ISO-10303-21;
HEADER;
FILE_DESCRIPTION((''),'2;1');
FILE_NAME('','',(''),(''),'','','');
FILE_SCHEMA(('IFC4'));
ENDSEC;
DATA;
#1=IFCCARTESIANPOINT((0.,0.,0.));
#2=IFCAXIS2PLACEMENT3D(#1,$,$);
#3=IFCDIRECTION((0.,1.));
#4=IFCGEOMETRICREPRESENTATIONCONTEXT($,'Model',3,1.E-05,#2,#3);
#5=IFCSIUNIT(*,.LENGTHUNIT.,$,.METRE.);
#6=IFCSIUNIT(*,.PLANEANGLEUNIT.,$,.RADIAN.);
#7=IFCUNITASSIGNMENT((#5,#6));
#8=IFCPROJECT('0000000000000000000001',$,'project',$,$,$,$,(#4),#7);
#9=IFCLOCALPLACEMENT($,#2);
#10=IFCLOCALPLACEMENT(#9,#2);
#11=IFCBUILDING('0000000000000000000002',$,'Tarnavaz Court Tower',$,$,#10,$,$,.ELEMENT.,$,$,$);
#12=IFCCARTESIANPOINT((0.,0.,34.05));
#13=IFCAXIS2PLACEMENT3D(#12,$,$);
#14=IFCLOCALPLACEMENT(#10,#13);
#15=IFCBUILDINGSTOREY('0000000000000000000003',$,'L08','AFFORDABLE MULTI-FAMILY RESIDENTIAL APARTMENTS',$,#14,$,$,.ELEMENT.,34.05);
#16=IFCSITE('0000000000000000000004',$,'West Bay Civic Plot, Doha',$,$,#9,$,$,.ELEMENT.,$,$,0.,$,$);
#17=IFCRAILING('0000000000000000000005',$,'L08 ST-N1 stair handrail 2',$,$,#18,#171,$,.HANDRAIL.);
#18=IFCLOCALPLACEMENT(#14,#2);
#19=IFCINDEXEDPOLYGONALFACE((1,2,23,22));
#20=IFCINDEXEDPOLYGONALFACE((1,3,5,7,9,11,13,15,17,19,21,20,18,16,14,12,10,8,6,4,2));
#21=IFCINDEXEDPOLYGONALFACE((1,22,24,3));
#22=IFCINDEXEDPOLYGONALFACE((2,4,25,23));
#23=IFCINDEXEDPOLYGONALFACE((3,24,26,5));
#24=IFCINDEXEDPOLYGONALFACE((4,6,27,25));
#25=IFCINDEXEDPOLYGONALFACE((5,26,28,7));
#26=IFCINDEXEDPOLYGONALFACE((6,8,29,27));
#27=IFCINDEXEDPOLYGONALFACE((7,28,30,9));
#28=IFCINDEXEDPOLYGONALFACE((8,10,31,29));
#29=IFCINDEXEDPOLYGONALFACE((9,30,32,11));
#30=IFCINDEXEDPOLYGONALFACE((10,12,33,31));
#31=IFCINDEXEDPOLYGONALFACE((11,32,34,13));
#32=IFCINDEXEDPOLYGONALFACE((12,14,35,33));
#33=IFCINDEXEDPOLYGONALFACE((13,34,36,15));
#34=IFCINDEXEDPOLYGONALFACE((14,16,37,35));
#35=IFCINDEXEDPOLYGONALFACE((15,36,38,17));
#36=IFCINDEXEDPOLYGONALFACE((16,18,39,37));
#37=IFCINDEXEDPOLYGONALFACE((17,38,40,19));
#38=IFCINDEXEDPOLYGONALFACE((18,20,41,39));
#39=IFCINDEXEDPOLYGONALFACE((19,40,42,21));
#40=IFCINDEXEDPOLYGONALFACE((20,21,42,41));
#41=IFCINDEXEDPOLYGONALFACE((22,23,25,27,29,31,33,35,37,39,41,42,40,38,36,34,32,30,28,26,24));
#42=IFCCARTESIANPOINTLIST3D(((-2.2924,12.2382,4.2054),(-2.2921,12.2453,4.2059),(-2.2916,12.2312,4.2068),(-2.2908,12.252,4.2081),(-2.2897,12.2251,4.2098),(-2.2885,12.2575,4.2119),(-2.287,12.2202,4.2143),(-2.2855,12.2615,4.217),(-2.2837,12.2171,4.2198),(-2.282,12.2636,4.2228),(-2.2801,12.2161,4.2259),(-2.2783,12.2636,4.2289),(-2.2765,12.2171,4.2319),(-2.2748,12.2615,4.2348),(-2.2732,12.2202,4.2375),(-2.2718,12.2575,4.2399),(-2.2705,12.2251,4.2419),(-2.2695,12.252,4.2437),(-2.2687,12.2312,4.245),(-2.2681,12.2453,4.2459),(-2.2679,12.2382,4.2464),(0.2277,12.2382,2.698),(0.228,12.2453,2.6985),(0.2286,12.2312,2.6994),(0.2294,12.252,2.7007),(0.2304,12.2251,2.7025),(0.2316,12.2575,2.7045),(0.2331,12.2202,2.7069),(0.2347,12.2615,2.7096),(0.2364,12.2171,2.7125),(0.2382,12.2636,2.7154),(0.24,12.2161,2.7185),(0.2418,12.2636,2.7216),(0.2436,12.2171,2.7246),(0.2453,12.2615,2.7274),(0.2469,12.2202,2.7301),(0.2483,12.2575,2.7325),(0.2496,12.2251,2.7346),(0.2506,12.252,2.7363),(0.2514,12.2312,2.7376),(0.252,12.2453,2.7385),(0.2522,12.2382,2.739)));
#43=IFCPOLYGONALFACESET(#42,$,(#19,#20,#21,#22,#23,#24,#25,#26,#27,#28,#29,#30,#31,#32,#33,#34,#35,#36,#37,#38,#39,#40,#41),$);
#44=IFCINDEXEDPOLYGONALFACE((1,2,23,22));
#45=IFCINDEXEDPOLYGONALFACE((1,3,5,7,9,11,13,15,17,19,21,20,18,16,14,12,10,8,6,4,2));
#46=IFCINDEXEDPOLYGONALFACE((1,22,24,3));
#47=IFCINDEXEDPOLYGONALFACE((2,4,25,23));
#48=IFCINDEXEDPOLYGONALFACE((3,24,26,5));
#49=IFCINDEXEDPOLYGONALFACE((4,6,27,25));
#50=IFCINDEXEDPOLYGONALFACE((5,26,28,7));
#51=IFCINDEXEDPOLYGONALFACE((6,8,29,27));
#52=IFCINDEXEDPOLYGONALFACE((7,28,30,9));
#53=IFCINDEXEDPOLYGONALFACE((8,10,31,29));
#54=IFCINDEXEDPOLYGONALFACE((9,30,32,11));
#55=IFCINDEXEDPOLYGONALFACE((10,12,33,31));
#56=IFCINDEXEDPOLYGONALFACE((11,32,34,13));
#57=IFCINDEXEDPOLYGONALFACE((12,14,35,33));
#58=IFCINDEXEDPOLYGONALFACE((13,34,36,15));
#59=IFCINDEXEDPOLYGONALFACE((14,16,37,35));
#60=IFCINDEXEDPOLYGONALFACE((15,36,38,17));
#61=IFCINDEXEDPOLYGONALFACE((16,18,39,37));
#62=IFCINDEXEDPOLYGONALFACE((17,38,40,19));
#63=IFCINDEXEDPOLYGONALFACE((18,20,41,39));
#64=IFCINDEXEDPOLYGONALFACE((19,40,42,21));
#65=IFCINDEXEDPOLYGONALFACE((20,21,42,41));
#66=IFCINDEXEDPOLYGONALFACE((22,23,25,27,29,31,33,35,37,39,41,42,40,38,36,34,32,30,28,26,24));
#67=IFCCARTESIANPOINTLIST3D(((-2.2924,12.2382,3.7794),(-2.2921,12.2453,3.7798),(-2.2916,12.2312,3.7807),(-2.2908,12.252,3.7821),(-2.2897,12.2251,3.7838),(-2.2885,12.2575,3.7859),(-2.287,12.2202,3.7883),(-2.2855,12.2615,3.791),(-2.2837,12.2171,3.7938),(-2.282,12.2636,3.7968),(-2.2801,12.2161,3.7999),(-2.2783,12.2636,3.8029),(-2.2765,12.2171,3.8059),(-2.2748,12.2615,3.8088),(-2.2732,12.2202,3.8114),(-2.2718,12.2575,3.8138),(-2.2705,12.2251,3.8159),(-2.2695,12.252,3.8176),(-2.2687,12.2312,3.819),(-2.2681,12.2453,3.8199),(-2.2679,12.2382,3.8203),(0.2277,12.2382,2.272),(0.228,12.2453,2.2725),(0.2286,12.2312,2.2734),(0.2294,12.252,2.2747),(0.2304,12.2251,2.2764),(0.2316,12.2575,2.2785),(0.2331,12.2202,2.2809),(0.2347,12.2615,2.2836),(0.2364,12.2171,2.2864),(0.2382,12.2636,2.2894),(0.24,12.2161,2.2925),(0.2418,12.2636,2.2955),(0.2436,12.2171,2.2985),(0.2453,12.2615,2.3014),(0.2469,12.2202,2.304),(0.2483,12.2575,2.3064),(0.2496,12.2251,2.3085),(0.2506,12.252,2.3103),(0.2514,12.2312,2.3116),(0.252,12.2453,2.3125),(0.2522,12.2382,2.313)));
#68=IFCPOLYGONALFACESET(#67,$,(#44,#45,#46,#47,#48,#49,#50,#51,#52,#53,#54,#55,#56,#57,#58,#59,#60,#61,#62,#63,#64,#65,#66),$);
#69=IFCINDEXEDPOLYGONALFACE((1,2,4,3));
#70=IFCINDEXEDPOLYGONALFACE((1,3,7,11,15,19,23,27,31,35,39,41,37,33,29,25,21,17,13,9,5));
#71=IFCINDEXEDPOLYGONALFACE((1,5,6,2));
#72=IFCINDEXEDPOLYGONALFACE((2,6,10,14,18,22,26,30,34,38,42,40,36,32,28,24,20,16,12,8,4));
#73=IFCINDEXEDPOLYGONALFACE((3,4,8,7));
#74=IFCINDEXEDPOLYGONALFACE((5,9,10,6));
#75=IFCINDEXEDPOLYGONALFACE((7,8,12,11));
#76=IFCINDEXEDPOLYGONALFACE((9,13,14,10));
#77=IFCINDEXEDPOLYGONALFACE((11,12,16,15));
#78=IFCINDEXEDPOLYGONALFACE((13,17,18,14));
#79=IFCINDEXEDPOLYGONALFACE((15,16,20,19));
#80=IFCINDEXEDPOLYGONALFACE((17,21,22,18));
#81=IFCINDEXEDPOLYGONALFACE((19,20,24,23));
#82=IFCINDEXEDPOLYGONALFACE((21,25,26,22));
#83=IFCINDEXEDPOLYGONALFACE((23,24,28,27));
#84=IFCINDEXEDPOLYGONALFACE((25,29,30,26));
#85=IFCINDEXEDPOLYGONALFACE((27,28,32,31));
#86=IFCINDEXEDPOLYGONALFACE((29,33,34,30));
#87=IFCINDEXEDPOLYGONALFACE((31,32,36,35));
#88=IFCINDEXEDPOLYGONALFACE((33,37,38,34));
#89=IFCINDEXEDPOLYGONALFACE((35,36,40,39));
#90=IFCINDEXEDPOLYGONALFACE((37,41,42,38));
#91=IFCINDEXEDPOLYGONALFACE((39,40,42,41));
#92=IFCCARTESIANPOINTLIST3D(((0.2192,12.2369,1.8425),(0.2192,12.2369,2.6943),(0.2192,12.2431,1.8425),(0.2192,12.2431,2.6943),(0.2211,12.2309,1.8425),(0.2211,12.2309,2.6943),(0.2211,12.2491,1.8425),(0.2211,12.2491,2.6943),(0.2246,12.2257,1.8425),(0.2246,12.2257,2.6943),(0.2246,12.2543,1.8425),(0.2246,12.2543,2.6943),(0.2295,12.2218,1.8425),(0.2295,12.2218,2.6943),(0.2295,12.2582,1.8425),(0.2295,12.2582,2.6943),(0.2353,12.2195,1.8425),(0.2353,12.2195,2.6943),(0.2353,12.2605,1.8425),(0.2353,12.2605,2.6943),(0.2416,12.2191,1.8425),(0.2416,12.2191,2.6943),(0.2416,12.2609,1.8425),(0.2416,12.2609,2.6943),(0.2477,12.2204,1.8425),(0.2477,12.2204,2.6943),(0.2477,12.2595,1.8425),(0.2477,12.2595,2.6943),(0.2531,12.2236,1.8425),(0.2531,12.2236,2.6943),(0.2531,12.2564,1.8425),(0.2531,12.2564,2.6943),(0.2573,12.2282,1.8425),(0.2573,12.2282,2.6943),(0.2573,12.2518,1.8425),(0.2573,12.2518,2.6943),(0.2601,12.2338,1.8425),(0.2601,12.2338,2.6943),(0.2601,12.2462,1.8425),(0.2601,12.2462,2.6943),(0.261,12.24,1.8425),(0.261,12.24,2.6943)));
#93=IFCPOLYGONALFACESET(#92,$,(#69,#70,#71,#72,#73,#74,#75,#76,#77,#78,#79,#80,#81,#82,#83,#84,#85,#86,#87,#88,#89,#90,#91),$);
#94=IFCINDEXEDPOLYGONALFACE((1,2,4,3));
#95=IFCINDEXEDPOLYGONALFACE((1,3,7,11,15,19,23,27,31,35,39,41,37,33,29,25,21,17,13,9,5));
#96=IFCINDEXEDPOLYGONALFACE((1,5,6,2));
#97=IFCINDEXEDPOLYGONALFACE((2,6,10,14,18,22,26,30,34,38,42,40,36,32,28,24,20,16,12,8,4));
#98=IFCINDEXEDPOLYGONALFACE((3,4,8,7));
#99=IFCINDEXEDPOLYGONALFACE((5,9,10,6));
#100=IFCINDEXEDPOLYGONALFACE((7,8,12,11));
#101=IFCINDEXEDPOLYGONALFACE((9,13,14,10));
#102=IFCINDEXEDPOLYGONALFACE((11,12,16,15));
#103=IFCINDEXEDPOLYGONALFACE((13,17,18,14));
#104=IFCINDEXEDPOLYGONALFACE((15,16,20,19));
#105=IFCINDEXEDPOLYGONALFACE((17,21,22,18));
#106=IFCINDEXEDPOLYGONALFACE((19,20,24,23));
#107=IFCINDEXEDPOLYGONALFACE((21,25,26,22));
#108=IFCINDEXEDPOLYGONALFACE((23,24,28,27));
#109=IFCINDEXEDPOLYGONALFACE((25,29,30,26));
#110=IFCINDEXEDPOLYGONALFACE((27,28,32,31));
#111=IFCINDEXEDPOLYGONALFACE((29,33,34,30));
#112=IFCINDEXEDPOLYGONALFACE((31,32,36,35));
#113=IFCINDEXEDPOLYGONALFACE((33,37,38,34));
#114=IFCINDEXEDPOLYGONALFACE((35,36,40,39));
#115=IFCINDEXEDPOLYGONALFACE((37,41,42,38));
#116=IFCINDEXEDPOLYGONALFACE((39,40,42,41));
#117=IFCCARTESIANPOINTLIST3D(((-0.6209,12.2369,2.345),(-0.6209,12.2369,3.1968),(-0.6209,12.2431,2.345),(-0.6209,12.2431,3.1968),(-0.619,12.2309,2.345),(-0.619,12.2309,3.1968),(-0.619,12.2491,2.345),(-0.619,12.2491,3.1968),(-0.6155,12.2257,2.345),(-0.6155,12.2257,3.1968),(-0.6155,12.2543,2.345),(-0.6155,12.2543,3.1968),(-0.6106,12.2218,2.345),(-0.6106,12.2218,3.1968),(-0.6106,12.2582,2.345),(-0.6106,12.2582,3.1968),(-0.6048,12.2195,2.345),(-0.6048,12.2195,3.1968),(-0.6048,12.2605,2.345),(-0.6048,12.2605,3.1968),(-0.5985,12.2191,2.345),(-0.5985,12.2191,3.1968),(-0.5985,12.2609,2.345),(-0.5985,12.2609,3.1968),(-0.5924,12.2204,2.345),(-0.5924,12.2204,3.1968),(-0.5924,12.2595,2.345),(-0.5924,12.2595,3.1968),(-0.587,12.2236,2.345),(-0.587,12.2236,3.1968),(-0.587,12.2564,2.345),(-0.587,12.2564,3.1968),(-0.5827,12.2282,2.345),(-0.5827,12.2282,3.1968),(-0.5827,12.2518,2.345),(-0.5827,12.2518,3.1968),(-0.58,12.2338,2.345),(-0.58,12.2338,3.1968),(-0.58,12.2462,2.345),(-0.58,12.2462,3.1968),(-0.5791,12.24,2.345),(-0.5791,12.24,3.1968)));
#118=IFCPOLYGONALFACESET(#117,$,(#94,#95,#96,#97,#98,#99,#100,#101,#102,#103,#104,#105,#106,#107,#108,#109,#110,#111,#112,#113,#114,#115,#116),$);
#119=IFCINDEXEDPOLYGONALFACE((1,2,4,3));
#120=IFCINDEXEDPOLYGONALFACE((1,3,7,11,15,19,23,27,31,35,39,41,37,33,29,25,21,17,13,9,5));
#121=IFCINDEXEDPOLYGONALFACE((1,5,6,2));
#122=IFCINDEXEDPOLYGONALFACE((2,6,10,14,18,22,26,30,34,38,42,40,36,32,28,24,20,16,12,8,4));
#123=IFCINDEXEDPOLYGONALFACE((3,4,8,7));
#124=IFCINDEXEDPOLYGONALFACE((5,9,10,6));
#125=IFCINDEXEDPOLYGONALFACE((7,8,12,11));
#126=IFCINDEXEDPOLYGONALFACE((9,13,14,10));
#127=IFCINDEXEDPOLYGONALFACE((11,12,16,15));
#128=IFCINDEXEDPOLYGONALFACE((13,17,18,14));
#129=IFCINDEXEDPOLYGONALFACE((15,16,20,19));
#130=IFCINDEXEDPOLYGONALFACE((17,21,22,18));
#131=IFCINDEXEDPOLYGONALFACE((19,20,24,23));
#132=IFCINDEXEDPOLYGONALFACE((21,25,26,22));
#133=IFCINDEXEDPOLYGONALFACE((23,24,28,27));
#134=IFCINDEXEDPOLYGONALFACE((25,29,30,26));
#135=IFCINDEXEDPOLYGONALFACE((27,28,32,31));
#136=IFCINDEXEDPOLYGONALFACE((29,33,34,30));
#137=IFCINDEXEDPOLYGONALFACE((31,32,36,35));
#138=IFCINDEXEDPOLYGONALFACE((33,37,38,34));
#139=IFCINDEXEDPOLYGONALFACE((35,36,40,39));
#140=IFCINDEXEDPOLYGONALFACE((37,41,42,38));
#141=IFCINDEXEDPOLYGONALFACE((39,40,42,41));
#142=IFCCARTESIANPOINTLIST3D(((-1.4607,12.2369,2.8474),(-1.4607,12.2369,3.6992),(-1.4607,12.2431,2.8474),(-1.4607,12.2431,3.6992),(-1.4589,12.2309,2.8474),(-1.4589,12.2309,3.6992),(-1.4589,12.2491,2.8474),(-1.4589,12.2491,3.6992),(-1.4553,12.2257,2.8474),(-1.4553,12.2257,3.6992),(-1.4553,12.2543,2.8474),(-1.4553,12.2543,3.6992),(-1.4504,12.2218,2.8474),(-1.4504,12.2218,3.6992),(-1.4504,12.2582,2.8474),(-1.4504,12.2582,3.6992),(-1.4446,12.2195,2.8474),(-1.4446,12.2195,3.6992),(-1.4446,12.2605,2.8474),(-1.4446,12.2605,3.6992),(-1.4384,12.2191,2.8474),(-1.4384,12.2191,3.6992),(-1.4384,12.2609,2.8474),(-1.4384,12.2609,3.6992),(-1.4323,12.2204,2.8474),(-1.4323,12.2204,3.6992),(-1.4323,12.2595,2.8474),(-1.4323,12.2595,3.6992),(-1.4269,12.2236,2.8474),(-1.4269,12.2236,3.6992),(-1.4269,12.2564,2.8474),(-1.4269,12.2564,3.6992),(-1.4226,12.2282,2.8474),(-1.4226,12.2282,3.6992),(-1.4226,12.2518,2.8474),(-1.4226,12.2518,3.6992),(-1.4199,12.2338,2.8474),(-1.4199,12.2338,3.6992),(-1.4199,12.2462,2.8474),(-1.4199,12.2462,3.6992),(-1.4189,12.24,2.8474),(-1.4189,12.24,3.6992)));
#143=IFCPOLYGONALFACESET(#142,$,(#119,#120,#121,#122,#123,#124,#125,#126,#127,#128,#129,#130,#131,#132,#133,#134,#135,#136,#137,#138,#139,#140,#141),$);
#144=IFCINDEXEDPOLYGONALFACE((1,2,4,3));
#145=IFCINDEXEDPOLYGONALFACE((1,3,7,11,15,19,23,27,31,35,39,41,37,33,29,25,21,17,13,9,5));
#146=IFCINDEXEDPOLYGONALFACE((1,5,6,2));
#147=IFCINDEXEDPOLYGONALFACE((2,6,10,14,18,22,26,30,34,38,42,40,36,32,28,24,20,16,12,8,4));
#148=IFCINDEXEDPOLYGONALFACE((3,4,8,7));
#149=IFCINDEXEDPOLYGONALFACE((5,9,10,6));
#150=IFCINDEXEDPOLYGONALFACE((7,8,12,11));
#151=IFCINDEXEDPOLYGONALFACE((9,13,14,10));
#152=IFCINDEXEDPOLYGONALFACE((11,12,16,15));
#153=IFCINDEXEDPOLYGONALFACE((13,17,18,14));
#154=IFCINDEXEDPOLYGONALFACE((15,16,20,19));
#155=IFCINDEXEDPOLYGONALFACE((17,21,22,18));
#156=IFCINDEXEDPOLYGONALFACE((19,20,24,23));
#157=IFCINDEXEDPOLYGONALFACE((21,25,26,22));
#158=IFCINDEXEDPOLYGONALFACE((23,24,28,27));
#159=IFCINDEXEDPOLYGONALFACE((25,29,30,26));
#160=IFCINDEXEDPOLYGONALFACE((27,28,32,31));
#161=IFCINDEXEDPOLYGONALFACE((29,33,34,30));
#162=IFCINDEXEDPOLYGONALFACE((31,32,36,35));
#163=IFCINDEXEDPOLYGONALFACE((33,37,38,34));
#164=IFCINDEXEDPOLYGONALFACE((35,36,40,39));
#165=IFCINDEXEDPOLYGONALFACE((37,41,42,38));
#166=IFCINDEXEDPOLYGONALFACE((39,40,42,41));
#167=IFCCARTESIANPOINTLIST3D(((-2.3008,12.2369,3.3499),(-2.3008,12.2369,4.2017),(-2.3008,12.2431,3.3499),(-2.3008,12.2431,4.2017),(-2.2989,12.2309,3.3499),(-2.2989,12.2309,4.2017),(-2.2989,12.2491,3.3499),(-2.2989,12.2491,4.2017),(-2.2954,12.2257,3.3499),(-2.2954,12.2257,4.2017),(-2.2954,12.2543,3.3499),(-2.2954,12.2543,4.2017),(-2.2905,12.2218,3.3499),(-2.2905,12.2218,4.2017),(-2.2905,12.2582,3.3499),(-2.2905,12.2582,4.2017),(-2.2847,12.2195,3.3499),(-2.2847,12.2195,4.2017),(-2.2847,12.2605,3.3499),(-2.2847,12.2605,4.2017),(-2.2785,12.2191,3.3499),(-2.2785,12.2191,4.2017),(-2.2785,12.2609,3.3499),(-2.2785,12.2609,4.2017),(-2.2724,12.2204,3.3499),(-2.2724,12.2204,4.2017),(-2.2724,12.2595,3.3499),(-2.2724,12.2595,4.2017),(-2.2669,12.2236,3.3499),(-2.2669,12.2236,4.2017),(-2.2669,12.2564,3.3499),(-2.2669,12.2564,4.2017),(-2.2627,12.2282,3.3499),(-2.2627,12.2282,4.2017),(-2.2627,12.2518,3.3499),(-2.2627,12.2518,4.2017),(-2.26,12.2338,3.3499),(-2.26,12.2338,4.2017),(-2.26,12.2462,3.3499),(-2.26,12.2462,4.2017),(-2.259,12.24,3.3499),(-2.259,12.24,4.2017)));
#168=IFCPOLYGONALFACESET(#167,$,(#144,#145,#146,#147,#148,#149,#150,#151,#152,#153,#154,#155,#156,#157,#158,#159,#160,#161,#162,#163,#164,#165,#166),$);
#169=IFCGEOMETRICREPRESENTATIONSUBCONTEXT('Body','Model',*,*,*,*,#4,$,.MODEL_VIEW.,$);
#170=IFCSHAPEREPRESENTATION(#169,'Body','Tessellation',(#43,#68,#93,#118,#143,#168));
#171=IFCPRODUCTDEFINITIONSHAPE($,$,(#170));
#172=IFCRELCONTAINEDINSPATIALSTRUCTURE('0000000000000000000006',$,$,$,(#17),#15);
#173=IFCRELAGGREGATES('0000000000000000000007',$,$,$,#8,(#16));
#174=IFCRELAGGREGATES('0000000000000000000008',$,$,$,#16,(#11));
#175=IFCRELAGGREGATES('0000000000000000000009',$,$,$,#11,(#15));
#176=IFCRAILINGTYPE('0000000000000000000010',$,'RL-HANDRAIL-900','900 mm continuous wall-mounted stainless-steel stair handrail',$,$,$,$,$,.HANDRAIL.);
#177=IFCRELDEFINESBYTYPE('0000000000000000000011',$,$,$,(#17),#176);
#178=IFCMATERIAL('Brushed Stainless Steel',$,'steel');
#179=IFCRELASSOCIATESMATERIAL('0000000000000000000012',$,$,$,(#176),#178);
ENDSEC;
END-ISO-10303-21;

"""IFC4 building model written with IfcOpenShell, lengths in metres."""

from ifc_helpers import new_model, si_unit, direction, frame, origin, origin_2d, place, context, subcontext, project, spatial, circle, extrude, material, type_object, element, save


model = new_model("IFC4")

# Units and contexts
model_context = context("Model", 3, precision=1e-05, world=origin(), true_north=direction((0.0, 1.0)))
body_context = subcontext(model_context, "Body", "Model", "MODEL_VIEW")
ifc_project = project(units=[si_unit("LENGTHUNIT", "METRE"), si_unit("PLANEANGLEUNIT", "RADIAN")], contexts=[model_context])

# Site, building, storey
site_placement = place(None, origin())
site = spatial("IfcSite", under=ifc_project, at=site_placement, Name="West Bay Civic Plot, Doha", CompositionType="ELEMENT", RefElevation=0.0)
building_placement = place(site_placement, origin())
building = spatial("IfcBuilding", under=site, at=building_placement, Name="Tarnavaz Court Tower", CompositionType="ELEMENT")
storey_placement = place(building_placement, frame((0.0, 0.0, 34.05)))
storey = spatial("IfcBuildingStorey", under=building, at=storey_placement, Name="L08", Description="AFFORDABLE MULTI-FAMILY RESIDENTIAL APARTMENTS", CompositionType="ELEMENT", Elevation=34.05)

# Railing
ifc_material_1 = material(Name="Brushed Stainless Steel", Category="steel")
railing_type_1 = type_object("IfcRailingType", Name="RL-HANDRAIL-900", Description="900 mm continuous wall-mounted stainless-steel stair handrail", PredefinedType="HANDRAIL", material=ifc_material_1)
railing_1_placement = place(storey_placement, frame((0.24, 12.24, 1.8425)))
element("IfcRailing", 1, at=railing_1_placement, inside=storey, type_object=railing_type_1, Name="L08 ST-N1 stair handrail 2", PredefinedType="HANDRAIL", context=body_context, shape_type="SweptSolid", body=[
    extrude(circle(Radius=0.0239, at=origin_2d()), frame((0.0, 0.0, 0.876), z_axis=(-0.858196, 0.0, 0.513321), x_axis=(0.0, -1.0, 0.0)), (0.0, 0.0, 1.0), 2.9365),
    extrude(circle(Radius=0.0239, at=origin_2d()), frame((0.0, 0.0, 0.45), z_axis=(-0.858196, 0.0, 0.513321), x_axis=(0.0, -1.0, 0.0)), (0.0, 0.0, 1.0), 2.9365),
    extrude(circle(Radius=0.021, at=origin_2d()), origin(), (0.0, 0.0, 1.0), 0.8518),
    extrude(circle(Radius=0.021, at=origin_2d()), frame((-0.8401, 0.0, 0.5024)), (0.0, 0.0, 1.0), 0.8518),
    extrude(circle(Radius=0.021, at=origin_2d()), frame((-1.6799, 0.0, 1.0049)), (0.0, 0.0, 1.0), 0.8518),
    extrude(circle(Radius=0.021, at=origin_2d()), frame((-2.52, 0.0, 1.5073)), (0.0, 0.0, 1.0), 0.8518),
])

save(model, "model.ifc")
